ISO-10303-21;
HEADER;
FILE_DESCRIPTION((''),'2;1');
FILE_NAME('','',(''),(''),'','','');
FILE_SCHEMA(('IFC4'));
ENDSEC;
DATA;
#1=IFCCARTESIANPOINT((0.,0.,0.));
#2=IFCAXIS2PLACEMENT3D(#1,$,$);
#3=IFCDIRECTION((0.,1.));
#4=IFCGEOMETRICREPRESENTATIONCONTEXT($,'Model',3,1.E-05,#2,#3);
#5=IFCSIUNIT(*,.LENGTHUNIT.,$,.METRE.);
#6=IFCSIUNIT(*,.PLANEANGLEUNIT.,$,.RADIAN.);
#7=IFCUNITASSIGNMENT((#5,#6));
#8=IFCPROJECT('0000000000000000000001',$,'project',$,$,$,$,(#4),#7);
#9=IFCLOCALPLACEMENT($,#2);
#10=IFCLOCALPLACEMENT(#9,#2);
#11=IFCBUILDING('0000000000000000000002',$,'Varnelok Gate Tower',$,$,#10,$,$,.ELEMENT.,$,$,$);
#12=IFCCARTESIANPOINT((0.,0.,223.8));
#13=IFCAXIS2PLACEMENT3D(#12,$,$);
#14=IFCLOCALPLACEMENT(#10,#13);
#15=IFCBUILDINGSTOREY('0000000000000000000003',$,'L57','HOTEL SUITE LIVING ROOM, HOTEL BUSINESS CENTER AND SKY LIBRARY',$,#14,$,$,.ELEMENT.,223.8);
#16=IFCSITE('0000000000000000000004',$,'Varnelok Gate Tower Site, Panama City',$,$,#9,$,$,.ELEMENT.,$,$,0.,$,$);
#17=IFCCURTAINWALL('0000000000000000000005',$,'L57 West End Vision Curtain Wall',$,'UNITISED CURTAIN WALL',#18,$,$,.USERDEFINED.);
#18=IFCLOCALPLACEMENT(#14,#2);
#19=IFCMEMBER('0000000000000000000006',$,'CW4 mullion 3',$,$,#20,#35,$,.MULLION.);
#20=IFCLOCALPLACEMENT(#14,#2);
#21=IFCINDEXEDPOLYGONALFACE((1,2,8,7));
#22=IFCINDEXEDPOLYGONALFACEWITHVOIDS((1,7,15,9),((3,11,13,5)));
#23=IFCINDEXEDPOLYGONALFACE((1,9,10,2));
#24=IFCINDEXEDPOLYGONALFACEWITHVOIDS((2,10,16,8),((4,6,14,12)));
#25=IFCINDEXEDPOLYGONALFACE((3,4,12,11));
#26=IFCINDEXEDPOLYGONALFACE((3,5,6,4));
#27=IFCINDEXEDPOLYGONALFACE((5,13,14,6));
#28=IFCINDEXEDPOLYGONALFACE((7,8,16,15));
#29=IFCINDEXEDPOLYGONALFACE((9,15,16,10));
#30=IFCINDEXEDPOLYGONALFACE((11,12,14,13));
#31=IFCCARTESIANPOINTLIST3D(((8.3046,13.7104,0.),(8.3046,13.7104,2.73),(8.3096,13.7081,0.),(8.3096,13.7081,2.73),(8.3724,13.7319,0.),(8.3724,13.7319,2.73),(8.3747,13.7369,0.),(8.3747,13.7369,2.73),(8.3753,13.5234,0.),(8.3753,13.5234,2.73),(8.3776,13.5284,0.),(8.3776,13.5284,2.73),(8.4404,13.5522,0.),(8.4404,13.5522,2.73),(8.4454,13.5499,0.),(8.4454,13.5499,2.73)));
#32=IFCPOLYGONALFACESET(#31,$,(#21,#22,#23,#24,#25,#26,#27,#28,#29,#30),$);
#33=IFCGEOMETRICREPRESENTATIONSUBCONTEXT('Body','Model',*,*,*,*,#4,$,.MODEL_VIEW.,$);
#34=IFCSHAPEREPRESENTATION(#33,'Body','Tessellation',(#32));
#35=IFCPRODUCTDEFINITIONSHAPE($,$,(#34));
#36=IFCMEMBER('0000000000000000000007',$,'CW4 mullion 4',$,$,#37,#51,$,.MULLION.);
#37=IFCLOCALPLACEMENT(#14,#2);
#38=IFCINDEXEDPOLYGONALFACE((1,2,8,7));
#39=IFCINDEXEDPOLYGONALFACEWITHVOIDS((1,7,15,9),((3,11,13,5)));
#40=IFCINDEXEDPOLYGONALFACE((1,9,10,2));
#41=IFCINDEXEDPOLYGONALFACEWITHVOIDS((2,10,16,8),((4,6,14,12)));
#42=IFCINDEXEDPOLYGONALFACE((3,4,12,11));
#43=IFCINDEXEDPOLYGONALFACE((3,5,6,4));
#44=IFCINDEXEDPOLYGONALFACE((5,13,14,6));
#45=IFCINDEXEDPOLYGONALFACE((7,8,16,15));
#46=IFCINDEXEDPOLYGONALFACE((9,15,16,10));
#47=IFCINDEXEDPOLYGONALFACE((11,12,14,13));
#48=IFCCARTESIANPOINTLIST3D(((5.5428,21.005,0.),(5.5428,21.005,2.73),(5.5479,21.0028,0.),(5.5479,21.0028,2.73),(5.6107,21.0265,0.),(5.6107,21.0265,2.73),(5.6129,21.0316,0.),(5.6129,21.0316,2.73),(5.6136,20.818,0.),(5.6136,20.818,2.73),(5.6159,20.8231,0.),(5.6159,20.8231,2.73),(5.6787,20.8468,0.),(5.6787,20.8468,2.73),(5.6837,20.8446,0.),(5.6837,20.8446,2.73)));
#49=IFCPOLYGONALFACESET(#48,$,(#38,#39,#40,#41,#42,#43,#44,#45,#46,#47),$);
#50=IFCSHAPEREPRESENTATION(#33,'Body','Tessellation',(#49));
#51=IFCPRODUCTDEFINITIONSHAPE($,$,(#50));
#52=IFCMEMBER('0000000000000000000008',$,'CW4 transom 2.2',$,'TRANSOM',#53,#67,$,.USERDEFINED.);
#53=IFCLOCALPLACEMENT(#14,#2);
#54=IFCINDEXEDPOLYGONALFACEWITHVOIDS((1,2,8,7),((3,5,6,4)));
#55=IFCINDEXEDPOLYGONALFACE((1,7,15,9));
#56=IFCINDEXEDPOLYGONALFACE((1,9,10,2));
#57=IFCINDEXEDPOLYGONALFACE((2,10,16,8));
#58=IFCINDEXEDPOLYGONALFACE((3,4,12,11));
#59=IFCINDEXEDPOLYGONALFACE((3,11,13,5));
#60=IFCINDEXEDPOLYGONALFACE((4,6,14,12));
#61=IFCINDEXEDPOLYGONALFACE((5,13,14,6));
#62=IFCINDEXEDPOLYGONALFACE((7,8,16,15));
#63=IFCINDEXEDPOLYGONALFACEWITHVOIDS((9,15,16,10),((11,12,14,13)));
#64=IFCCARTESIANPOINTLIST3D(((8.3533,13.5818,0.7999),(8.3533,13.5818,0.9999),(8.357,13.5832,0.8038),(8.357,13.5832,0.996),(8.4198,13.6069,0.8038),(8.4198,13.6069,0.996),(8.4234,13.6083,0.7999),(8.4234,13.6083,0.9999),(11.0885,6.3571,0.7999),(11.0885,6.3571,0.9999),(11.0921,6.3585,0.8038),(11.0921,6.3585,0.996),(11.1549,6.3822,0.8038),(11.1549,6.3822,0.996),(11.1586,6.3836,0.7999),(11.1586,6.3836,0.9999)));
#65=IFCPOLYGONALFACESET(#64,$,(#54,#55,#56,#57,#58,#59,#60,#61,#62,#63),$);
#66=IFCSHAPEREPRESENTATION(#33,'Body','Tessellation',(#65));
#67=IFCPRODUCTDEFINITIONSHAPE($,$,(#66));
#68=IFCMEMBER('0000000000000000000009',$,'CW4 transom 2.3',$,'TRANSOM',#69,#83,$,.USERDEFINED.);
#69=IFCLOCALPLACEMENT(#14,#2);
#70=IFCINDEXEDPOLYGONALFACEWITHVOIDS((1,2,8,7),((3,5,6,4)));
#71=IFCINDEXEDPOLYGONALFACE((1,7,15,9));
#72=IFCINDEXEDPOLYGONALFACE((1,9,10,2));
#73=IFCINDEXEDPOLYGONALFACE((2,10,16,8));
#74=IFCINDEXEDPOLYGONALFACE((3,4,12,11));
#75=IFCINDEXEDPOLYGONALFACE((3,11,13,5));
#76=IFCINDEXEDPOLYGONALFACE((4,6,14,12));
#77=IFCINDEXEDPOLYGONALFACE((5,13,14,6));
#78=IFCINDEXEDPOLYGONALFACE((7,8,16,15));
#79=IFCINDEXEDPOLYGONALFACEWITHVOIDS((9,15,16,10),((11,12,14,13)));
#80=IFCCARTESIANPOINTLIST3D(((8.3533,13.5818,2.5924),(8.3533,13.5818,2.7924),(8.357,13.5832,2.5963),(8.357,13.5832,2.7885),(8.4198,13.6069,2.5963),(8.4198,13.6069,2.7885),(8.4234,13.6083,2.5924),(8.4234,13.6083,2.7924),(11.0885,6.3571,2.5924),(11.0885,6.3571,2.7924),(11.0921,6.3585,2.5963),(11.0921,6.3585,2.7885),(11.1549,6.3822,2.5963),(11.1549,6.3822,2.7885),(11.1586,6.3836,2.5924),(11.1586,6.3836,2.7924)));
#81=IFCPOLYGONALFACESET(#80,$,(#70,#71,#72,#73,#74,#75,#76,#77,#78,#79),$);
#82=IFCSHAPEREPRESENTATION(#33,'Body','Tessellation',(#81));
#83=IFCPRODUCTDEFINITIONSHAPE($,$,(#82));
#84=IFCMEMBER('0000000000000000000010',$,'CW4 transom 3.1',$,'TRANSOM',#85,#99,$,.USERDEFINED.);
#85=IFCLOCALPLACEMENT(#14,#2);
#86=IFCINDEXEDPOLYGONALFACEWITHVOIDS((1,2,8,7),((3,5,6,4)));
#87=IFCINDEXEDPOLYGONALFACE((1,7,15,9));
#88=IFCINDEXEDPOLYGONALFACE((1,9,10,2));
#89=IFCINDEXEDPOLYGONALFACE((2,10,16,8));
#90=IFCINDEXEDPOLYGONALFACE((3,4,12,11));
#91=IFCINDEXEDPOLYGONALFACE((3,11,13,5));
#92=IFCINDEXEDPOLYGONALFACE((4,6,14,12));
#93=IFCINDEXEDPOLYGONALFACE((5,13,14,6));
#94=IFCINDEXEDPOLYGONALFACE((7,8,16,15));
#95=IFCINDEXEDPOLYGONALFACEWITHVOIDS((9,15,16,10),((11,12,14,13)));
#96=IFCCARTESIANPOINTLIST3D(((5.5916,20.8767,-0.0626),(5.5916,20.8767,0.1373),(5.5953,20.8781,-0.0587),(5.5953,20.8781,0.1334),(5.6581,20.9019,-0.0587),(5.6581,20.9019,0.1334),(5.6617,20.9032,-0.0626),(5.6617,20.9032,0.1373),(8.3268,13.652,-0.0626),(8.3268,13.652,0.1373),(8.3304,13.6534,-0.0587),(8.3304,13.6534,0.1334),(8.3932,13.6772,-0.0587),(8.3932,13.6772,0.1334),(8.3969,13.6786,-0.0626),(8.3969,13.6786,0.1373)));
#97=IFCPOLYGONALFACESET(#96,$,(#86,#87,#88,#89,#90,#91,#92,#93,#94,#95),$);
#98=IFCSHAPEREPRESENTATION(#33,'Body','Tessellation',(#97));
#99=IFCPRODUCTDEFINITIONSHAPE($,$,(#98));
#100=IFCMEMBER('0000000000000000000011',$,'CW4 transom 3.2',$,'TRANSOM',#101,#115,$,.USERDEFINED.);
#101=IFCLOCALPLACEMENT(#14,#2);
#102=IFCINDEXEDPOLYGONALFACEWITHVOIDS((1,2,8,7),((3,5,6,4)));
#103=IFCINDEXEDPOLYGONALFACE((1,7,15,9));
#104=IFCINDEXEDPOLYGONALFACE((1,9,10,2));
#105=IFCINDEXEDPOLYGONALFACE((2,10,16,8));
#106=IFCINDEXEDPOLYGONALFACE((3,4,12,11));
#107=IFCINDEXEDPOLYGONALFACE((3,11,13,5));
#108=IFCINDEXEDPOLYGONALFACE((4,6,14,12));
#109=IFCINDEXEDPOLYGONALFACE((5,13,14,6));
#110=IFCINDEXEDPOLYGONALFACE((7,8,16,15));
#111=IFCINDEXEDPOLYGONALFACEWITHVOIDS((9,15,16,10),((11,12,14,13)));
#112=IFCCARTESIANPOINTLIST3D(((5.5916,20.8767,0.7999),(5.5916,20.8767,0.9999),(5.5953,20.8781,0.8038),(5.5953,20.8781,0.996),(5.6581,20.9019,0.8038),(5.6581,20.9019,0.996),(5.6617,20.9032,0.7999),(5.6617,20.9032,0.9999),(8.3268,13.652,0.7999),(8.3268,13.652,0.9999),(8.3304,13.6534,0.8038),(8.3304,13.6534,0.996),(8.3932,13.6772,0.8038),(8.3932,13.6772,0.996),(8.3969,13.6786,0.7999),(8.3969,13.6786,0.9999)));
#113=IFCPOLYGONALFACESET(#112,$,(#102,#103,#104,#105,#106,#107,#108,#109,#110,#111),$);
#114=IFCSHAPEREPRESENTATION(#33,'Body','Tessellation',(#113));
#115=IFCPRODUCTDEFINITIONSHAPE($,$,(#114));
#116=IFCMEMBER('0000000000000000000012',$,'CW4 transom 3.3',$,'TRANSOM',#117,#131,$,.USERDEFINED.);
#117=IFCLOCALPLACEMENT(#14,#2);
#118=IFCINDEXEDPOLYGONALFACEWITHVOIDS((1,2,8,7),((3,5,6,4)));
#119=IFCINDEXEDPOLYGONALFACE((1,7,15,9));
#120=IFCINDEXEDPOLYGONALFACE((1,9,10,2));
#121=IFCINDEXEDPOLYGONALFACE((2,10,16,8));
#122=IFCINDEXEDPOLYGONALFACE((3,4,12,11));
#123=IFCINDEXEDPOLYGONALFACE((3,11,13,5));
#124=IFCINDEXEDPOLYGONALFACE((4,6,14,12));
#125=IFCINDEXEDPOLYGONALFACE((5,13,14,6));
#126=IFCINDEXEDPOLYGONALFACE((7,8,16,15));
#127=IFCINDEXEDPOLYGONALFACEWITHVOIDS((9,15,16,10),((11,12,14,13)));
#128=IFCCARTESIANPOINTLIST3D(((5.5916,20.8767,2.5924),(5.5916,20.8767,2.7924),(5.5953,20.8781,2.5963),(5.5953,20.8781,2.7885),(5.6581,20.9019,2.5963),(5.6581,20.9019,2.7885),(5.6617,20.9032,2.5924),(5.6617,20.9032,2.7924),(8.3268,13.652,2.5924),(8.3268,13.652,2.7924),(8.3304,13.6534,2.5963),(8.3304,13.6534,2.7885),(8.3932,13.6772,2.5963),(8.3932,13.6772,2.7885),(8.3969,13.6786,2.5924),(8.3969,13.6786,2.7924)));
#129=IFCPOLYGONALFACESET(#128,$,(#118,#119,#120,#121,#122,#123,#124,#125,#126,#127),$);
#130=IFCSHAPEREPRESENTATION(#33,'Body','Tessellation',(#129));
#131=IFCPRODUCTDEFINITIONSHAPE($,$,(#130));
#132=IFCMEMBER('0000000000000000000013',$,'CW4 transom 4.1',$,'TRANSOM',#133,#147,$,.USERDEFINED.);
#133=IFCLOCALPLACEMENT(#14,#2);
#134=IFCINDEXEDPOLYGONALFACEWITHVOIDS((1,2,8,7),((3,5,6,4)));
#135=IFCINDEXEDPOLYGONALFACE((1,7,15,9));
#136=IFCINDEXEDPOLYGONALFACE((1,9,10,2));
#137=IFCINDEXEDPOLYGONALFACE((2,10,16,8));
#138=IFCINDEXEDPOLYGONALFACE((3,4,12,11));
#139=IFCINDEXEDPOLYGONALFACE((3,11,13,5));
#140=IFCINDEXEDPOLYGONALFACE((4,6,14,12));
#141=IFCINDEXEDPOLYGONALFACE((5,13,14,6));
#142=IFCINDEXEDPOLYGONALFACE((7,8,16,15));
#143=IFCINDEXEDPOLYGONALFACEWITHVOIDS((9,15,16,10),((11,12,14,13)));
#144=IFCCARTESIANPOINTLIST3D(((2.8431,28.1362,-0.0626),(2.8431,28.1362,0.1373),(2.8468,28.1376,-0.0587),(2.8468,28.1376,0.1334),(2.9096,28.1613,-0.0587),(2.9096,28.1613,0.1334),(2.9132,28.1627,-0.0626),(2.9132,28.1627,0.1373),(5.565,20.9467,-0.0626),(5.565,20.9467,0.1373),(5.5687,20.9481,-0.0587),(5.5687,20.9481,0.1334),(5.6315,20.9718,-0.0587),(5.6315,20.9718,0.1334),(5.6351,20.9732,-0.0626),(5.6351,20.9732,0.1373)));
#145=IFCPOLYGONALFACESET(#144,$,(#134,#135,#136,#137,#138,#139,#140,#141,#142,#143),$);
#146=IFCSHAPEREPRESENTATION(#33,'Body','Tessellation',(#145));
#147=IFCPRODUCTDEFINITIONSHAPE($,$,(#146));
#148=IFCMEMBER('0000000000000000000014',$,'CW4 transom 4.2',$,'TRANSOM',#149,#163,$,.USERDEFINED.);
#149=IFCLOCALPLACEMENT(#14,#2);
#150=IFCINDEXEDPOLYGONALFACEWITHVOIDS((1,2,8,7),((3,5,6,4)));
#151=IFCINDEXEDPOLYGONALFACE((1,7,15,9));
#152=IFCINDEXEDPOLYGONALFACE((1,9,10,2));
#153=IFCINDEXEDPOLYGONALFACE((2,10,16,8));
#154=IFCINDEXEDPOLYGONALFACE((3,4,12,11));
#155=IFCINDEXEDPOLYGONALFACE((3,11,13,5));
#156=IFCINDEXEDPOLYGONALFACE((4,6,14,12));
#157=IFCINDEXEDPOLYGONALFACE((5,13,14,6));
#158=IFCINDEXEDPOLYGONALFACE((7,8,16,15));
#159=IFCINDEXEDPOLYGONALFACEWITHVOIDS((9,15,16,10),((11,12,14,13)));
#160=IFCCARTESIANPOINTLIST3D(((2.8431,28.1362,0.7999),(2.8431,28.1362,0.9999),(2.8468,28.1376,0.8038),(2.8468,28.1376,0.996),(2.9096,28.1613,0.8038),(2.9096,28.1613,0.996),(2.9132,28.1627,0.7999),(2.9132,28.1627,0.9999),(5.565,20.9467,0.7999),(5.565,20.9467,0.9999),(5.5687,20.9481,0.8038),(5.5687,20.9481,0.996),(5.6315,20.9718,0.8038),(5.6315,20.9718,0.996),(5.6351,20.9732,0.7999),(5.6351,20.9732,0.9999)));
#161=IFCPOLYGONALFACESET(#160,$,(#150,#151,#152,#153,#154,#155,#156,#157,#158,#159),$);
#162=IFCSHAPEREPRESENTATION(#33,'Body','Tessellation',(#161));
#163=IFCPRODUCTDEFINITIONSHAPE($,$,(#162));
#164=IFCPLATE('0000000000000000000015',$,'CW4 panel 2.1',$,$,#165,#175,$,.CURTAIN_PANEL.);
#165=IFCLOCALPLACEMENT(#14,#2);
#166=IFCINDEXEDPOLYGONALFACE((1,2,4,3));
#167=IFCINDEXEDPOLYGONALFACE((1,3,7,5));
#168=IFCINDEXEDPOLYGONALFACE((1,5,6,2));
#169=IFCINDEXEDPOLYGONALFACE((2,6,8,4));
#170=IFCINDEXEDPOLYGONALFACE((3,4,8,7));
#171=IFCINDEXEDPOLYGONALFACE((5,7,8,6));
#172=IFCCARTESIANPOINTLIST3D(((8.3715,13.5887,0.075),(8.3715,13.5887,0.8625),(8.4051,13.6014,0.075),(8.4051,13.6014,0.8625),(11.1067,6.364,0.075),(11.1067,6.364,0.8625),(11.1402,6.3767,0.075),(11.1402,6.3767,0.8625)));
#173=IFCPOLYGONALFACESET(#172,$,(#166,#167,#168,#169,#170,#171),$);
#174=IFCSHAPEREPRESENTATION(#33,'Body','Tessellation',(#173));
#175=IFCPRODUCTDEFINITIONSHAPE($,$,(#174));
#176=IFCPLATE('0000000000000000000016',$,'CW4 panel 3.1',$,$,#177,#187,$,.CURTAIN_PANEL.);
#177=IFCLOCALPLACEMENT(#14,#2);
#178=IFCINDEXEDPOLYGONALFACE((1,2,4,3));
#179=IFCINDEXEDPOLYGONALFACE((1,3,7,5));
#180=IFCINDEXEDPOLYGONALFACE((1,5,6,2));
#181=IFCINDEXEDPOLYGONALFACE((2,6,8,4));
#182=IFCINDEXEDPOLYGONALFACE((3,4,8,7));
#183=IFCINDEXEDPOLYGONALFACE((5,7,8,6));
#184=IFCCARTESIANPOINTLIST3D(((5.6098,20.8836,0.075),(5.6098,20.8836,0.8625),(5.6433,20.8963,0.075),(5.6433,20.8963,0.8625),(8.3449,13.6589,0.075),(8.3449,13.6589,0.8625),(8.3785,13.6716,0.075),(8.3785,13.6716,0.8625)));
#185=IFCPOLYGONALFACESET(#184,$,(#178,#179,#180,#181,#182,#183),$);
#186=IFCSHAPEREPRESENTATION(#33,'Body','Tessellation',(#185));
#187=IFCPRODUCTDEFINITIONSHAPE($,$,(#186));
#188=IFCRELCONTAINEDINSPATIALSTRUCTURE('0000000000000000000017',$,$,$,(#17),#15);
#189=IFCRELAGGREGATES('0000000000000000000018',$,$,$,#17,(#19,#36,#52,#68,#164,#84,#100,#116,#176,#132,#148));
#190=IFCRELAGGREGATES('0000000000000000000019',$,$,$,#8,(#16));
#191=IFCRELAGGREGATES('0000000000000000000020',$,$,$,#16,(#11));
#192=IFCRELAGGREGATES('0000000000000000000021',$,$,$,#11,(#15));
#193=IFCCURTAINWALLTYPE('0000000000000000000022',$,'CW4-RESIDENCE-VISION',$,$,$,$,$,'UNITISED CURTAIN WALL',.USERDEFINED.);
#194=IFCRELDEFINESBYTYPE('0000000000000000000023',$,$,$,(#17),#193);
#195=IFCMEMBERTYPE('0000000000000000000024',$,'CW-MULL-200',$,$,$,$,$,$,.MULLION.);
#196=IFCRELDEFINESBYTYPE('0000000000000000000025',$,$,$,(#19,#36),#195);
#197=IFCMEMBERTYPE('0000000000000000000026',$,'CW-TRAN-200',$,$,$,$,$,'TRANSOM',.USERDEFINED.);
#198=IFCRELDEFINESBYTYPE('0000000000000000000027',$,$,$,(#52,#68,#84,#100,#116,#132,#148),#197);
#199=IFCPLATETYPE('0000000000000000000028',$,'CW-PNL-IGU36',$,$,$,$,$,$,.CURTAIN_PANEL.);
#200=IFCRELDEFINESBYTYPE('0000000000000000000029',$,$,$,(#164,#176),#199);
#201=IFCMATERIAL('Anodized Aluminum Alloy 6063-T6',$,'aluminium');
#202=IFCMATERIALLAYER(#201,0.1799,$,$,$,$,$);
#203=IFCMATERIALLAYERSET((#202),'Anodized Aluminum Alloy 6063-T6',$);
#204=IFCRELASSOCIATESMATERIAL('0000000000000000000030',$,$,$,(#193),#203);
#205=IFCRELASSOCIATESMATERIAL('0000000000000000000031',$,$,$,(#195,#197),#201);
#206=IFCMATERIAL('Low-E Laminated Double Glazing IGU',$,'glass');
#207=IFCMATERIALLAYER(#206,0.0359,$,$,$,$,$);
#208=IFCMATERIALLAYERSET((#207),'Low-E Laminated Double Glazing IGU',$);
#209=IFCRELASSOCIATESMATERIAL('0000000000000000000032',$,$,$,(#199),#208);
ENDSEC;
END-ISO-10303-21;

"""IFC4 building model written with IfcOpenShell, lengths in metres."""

from ifc_helpers import new_model, si_unit, direction, frame, origin, origin_2d, place, context, subcontext, project, spatial, rectangle, hollow_rectangle, extrude, source, transform, mapped, material, layer, layer_set, material_profile, profile_set, type_object, element, aggregate, save


model = new_model("IFC4")

# Units and contexts
model_context = context("Model", 3, precision=1e-05, world=origin(), true_north=direction((0.0, 1.0)))
body_context = subcontext(model_context, "Body", "Model", "MODEL_VIEW")
ifc_project = project(units=[si_unit("LENGTHUNIT", "METRE"), si_unit("PLANEANGLEUNIT", "RADIAN")], contexts=[model_context])

# Site, building, storey
site_placement = place(None, origin())
site = spatial("IfcSite", under=ifc_project, at=site_placement, Name="Varnelok Gate Tower Site, Panama City", CompositionType="ELEMENT", RefElevation=0.0)
building_placement = place(site_placement, origin())
building = spatial("IfcBuilding", under=site, at=building_placement, Name="Varnelok Gate Tower", CompositionType="ELEMENT")
storey_placement = place(building_placement, frame((0.0, 0.0, 223.8)))
storey = spatial("IfcBuildingStorey", under=building, at=storey_placement, Name="L57", Description="HOTEL SUITE LIVING ROOM, HOTEL BUSINESS CENTER AND SKY LIBRARY", CompositionType="ELEMENT", Elevation=223.8)

# Curtain wall, members, plates
ifc_material_1 = material(Name="Anodized Aluminum Alloy 6063-T6", Category="aluminium")
ifc_layer_1 = layer(ifc_material_1, 0.1799)
ifc_layer_set_1 = layer_set([ifc_layer_1], Name="Anodized Aluminum Alloy 6063-T6")
curtain_wall_type = type_object("IfcCurtainWallType", Name="CW4-RESIDENCE-VISION", ElementType="UNITISED CURTAIN WALL", PredefinedType="USERDEFINED", material=ifc_layer_set_1)
curtain_wall_placement = place(storey_placement, origin())
curtain_wall = element("IfcCurtainWall", 1, at=curtain_wall_placement, inside=storey, type_object=curtain_wall_type, Name="L57 West End Vision Curtain Wall", ObjectType="UNITISED CURTAIN WALL", PredefinedType="USERDEFINED")
ifc_material_profile_1 = material_profile(ifc_material_1, hollow_rectangle(XDim=0.075, YDim=0.2, WallThickness=0.0039, at=origin_2d()), Name="ALU200X75X4")
ifc_profile_set_1 = profile_set([ifc_material_profile_1], Name="Anodized Aluminum Alloy 6063-T6")
member_type_1 = type_object("IfcMemberType", Name="CW-MULL-200", PredefinedType="MULLION", material=ifc_profile_set_1)
member_1_placement = place(storey_placement, frame((8.375, 13.6301, 0.0), z_axis=(0.0, 0.0, 1.0), x_axis=(-0.935222, -0.354063, 0.0)))
member_1 = element("IfcMember", 2, at=member_1_placement, type_object=member_type_1, Name="CW4 mullion 3", PredefinedType="MULLION", context=body_context, shape_type="SweptSolid", body=[
    extrude(hollow_rectangle(XDim=0.075, YDim=0.2, WallThickness=0.0039, at=origin_2d()), origin(), (0.0, 0.0, 1.0), 2.73),
])
member_2_placement = place(storey_placement, frame((5.6133, 20.9248, 0.0), z_axis=(0.0, 0.0, 1.0), x_axis=(-0.935222, -0.354063, 0.0)))
member_2 = element("IfcMember", 3, at=member_2_placement, type_object=member_type_1, Name="CW4 mullion 4", PredefinedType="MULLION", context=body_context, shape_type="SweptSolid", body=[
    extrude(hollow_rectangle(XDim=0.075, YDim=0.2, WallThickness=0.0039, at=origin_2d()), origin(), (0.0, 0.0, 1.0), 2.73),
])
ifc_material_profile_2 = material_profile(ifc_material_1, hollow_rectangle(XDim=0.075, YDim=0.2, WallThickness=0.0039, at=origin_2d()), Name="ALU200X75X4")
ifc_profile_set_2 = profile_set([ifc_material_profile_2], Name="Anodized Aluminum Alloy 6063-T6")
member_type_2 = type_object("IfcMemberType", Name="CW-TRAN-200", ElementType="TRANSOM", PredefinedType="USERDEFINED", material=ifc_profile_set_2)
member_3_placement = place(storey_placement, frame((11.1235, 6.3704, 0.8999), z_axis=(-0.354059, 0.935223, 0.0), x_axis=(-0.935223, -0.354059, 0.0)))
member_3 = element("IfcMember", 4, at=member_3_placement, type_object=member_type_2, Name="CW4 transom 2.2", ObjectType="TRANSOM", PredefinedType="USERDEFINED", context=body_context, shape_type="SweptSolid", body=[
    extrude(hollow_rectangle(XDim=0.075, YDim=0.2, WallThickness=0.0039, at=origin_2d()), origin(), (0.0, 0.0, 1.0), 7.7251),
])
member_4_placement = place(storey_placement, frame((11.1235, 6.3704, 2.6924), z_axis=(-0.354059, 0.935223, 0.0), x_axis=(-0.935223, -0.354059, 0.0)))
member_4 = element("IfcMember", 5, at=member_4_placement, type_object=member_type_2, Name="CW4 transom 2.3", ObjectType="TRANSOM", PredefinedType="USERDEFINED", context=body_context, shape_type="SweptSolid", body=[
    extrude(hollow_rectangle(XDim=0.075, YDim=0.2, WallThickness=0.0039, at=origin_2d()), origin(), (0.0, 0.0, 1.0), 7.7251),
])
member_5_placement = place(storey_placement, frame((8.3618, 13.6653, 0.0374), z_axis=(-0.354059, 0.935223, 0.0), x_axis=(-0.935223, -0.354059, 0.0)))
member_5 = element("IfcMember", 6, at=member_5_placement, type_object=member_type_2, Name="CW4 transom 3.1", ObjectType="TRANSOM", PredefinedType="USERDEFINED", context=body_context, shape_type="SweptSolid", body=[
    extrude(hollow_rectangle(XDim=0.075, YDim=0.2, WallThickness=0.0039, at=origin_2d()), origin(), (0.0, 0.0, 1.0), 7.7251),
])
member_6_placement = place(storey_placement, frame((8.3618, 13.6653, 0.8999), z_axis=(-0.354059, 0.935223, 0.0), x_axis=(-0.935223, -0.354059, 0.0)))
member_6 = element("IfcMember", 7, at=member_6_placement, type_object=member_type_2, Name="CW4 transom 3.2", ObjectType="TRANSOM", PredefinedType="USERDEFINED", context=body_context, shape_type="SweptSolid", body=[
    extrude(hollow_rectangle(XDim=0.075, YDim=0.2, WallThickness=0.0039, at=origin_2d()), origin(), (0.0, 0.0, 1.0), 7.7251),
])
member_7_placement = place(storey_placement, frame((8.3618, 13.6653, 2.6924), z_axis=(-0.354059, 0.935223, 0.0), x_axis=(-0.935223, -0.354059, 0.0)))
member_7 = element("IfcMember", 8, at=member_7_placement, type_object=member_type_2, Name="CW4 transom 3.3", ObjectType="TRANSOM", PredefinedType="USERDEFINED", context=body_context, shape_type="SweptSolid", body=[
    extrude(hollow_rectangle(XDim=0.075, YDim=0.2, WallThickness=0.0039, at=origin_2d()), origin(), (0.0, 0.0, 1.0), 7.7251),
])
member_8_placement = place(storey_placement, frame((5.6001, 20.96, 0.0374), z_axis=(-0.354073, 0.935218, 0.0), x_axis=(-0.935218, -0.354073, 0.0)))
member_8 = element("IfcMember", 9, at=member_8_placement, type_object=member_type_2, Name="CW4 transom 4.1", ObjectType="TRANSOM", PredefinedType="USERDEFINED", context=body_context, shape_type="SweptSolid", body=[
    extrude(hollow_rectangle(XDim=0.075, YDim=0.2, WallThickness=0.0039, at=origin_2d()), origin(), (0.0, 0.0, 1.0), 7.6875),
])
member_9_placement = place(storey_placement, frame((5.6001, 20.96, 0.8999), z_axis=(-0.354073, 0.935218, 0.0), x_axis=(-0.935218, -0.354073, 0.0)))
member_9 = element("IfcMember", 10, at=member_9_placement, type_object=member_type_2, Name="CW4 transom 4.2", ObjectType="TRANSOM", PredefinedType="USERDEFINED", context=body_context, shape_type="SweptSolid", body=[
    extrude(hollow_rectangle(XDim=0.075, YDim=0.2, WallThickness=0.0039, at=origin_2d()), origin(), (0.0, 0.0, 1.0), 7.6875),
])
ifc_material_2 = material(Name="Low-E Laminated Double Glazing IGU", Category="glass")
ifc_layer_2 = layer(ifc_material_2, 0.0359)
ifc_layer_set_2 = layer_set([ifc_layer_2], Name="Low-E Laminated Double Glazing IGU")
plate_type = type_object("IfcPlateType", Name="CW-PNL-IGU36", PredefinedType="CURTAIN_PANEL", material=ifc_layer_set_2)
shared_shape_1 = source(origin(), body_context, "Body", "SweptSolid", [
    extrude(rectangle(XDim=7.7251, YDim=0.0359, at=origin_2d()), origin(), (0.0, 0.0, 1.0), 0.7876),
])
plate_1_placement = place(storey_placement, frame((9.7559, 9.9827, 0.075), z_axis=(0.0, 0.0, 1.0), x_axis=(-0.354063, 0.935222, 0.0)))
plate_1 = element("IfcPlate", 11, at=plate_1_placement, type_object=plate_type, Name="CW4 panel 2.1", PredefinedType="CURTAIN_PANEL", context=body_context, shape_type="MappedRepresentation", body=[
    mapped(shared_shape_1, transform((0.0, 0.0, 0.0), scale=1.0)),
])
plate_2_placement = place(storey_placement, frame((6.9941, 17.2776, 0.075), z_axis=(0.0, 0.0, 1.0), x_axis=(-0.354063, 0.935222, 0.0)))
plate_2 = element("IfcPlate", 12, at=plate_2_placement, type_object=plate_type, Name="CW4 panel 3.1", PredefinedType="CURTAIN_PANEL", context=body_context, shape_type="MappedRepresentation", body=[
    mapped(shared_shape_1, transform((0.0, 0.0, 0.0), scale=1.0)),
])
aggregate(curtain_wall, [member_1, member_2, member_3, member_4, plate_1, member_5, member_6, member_7, plate_2, member_8, member_9])

save(model, "model.ifc")
